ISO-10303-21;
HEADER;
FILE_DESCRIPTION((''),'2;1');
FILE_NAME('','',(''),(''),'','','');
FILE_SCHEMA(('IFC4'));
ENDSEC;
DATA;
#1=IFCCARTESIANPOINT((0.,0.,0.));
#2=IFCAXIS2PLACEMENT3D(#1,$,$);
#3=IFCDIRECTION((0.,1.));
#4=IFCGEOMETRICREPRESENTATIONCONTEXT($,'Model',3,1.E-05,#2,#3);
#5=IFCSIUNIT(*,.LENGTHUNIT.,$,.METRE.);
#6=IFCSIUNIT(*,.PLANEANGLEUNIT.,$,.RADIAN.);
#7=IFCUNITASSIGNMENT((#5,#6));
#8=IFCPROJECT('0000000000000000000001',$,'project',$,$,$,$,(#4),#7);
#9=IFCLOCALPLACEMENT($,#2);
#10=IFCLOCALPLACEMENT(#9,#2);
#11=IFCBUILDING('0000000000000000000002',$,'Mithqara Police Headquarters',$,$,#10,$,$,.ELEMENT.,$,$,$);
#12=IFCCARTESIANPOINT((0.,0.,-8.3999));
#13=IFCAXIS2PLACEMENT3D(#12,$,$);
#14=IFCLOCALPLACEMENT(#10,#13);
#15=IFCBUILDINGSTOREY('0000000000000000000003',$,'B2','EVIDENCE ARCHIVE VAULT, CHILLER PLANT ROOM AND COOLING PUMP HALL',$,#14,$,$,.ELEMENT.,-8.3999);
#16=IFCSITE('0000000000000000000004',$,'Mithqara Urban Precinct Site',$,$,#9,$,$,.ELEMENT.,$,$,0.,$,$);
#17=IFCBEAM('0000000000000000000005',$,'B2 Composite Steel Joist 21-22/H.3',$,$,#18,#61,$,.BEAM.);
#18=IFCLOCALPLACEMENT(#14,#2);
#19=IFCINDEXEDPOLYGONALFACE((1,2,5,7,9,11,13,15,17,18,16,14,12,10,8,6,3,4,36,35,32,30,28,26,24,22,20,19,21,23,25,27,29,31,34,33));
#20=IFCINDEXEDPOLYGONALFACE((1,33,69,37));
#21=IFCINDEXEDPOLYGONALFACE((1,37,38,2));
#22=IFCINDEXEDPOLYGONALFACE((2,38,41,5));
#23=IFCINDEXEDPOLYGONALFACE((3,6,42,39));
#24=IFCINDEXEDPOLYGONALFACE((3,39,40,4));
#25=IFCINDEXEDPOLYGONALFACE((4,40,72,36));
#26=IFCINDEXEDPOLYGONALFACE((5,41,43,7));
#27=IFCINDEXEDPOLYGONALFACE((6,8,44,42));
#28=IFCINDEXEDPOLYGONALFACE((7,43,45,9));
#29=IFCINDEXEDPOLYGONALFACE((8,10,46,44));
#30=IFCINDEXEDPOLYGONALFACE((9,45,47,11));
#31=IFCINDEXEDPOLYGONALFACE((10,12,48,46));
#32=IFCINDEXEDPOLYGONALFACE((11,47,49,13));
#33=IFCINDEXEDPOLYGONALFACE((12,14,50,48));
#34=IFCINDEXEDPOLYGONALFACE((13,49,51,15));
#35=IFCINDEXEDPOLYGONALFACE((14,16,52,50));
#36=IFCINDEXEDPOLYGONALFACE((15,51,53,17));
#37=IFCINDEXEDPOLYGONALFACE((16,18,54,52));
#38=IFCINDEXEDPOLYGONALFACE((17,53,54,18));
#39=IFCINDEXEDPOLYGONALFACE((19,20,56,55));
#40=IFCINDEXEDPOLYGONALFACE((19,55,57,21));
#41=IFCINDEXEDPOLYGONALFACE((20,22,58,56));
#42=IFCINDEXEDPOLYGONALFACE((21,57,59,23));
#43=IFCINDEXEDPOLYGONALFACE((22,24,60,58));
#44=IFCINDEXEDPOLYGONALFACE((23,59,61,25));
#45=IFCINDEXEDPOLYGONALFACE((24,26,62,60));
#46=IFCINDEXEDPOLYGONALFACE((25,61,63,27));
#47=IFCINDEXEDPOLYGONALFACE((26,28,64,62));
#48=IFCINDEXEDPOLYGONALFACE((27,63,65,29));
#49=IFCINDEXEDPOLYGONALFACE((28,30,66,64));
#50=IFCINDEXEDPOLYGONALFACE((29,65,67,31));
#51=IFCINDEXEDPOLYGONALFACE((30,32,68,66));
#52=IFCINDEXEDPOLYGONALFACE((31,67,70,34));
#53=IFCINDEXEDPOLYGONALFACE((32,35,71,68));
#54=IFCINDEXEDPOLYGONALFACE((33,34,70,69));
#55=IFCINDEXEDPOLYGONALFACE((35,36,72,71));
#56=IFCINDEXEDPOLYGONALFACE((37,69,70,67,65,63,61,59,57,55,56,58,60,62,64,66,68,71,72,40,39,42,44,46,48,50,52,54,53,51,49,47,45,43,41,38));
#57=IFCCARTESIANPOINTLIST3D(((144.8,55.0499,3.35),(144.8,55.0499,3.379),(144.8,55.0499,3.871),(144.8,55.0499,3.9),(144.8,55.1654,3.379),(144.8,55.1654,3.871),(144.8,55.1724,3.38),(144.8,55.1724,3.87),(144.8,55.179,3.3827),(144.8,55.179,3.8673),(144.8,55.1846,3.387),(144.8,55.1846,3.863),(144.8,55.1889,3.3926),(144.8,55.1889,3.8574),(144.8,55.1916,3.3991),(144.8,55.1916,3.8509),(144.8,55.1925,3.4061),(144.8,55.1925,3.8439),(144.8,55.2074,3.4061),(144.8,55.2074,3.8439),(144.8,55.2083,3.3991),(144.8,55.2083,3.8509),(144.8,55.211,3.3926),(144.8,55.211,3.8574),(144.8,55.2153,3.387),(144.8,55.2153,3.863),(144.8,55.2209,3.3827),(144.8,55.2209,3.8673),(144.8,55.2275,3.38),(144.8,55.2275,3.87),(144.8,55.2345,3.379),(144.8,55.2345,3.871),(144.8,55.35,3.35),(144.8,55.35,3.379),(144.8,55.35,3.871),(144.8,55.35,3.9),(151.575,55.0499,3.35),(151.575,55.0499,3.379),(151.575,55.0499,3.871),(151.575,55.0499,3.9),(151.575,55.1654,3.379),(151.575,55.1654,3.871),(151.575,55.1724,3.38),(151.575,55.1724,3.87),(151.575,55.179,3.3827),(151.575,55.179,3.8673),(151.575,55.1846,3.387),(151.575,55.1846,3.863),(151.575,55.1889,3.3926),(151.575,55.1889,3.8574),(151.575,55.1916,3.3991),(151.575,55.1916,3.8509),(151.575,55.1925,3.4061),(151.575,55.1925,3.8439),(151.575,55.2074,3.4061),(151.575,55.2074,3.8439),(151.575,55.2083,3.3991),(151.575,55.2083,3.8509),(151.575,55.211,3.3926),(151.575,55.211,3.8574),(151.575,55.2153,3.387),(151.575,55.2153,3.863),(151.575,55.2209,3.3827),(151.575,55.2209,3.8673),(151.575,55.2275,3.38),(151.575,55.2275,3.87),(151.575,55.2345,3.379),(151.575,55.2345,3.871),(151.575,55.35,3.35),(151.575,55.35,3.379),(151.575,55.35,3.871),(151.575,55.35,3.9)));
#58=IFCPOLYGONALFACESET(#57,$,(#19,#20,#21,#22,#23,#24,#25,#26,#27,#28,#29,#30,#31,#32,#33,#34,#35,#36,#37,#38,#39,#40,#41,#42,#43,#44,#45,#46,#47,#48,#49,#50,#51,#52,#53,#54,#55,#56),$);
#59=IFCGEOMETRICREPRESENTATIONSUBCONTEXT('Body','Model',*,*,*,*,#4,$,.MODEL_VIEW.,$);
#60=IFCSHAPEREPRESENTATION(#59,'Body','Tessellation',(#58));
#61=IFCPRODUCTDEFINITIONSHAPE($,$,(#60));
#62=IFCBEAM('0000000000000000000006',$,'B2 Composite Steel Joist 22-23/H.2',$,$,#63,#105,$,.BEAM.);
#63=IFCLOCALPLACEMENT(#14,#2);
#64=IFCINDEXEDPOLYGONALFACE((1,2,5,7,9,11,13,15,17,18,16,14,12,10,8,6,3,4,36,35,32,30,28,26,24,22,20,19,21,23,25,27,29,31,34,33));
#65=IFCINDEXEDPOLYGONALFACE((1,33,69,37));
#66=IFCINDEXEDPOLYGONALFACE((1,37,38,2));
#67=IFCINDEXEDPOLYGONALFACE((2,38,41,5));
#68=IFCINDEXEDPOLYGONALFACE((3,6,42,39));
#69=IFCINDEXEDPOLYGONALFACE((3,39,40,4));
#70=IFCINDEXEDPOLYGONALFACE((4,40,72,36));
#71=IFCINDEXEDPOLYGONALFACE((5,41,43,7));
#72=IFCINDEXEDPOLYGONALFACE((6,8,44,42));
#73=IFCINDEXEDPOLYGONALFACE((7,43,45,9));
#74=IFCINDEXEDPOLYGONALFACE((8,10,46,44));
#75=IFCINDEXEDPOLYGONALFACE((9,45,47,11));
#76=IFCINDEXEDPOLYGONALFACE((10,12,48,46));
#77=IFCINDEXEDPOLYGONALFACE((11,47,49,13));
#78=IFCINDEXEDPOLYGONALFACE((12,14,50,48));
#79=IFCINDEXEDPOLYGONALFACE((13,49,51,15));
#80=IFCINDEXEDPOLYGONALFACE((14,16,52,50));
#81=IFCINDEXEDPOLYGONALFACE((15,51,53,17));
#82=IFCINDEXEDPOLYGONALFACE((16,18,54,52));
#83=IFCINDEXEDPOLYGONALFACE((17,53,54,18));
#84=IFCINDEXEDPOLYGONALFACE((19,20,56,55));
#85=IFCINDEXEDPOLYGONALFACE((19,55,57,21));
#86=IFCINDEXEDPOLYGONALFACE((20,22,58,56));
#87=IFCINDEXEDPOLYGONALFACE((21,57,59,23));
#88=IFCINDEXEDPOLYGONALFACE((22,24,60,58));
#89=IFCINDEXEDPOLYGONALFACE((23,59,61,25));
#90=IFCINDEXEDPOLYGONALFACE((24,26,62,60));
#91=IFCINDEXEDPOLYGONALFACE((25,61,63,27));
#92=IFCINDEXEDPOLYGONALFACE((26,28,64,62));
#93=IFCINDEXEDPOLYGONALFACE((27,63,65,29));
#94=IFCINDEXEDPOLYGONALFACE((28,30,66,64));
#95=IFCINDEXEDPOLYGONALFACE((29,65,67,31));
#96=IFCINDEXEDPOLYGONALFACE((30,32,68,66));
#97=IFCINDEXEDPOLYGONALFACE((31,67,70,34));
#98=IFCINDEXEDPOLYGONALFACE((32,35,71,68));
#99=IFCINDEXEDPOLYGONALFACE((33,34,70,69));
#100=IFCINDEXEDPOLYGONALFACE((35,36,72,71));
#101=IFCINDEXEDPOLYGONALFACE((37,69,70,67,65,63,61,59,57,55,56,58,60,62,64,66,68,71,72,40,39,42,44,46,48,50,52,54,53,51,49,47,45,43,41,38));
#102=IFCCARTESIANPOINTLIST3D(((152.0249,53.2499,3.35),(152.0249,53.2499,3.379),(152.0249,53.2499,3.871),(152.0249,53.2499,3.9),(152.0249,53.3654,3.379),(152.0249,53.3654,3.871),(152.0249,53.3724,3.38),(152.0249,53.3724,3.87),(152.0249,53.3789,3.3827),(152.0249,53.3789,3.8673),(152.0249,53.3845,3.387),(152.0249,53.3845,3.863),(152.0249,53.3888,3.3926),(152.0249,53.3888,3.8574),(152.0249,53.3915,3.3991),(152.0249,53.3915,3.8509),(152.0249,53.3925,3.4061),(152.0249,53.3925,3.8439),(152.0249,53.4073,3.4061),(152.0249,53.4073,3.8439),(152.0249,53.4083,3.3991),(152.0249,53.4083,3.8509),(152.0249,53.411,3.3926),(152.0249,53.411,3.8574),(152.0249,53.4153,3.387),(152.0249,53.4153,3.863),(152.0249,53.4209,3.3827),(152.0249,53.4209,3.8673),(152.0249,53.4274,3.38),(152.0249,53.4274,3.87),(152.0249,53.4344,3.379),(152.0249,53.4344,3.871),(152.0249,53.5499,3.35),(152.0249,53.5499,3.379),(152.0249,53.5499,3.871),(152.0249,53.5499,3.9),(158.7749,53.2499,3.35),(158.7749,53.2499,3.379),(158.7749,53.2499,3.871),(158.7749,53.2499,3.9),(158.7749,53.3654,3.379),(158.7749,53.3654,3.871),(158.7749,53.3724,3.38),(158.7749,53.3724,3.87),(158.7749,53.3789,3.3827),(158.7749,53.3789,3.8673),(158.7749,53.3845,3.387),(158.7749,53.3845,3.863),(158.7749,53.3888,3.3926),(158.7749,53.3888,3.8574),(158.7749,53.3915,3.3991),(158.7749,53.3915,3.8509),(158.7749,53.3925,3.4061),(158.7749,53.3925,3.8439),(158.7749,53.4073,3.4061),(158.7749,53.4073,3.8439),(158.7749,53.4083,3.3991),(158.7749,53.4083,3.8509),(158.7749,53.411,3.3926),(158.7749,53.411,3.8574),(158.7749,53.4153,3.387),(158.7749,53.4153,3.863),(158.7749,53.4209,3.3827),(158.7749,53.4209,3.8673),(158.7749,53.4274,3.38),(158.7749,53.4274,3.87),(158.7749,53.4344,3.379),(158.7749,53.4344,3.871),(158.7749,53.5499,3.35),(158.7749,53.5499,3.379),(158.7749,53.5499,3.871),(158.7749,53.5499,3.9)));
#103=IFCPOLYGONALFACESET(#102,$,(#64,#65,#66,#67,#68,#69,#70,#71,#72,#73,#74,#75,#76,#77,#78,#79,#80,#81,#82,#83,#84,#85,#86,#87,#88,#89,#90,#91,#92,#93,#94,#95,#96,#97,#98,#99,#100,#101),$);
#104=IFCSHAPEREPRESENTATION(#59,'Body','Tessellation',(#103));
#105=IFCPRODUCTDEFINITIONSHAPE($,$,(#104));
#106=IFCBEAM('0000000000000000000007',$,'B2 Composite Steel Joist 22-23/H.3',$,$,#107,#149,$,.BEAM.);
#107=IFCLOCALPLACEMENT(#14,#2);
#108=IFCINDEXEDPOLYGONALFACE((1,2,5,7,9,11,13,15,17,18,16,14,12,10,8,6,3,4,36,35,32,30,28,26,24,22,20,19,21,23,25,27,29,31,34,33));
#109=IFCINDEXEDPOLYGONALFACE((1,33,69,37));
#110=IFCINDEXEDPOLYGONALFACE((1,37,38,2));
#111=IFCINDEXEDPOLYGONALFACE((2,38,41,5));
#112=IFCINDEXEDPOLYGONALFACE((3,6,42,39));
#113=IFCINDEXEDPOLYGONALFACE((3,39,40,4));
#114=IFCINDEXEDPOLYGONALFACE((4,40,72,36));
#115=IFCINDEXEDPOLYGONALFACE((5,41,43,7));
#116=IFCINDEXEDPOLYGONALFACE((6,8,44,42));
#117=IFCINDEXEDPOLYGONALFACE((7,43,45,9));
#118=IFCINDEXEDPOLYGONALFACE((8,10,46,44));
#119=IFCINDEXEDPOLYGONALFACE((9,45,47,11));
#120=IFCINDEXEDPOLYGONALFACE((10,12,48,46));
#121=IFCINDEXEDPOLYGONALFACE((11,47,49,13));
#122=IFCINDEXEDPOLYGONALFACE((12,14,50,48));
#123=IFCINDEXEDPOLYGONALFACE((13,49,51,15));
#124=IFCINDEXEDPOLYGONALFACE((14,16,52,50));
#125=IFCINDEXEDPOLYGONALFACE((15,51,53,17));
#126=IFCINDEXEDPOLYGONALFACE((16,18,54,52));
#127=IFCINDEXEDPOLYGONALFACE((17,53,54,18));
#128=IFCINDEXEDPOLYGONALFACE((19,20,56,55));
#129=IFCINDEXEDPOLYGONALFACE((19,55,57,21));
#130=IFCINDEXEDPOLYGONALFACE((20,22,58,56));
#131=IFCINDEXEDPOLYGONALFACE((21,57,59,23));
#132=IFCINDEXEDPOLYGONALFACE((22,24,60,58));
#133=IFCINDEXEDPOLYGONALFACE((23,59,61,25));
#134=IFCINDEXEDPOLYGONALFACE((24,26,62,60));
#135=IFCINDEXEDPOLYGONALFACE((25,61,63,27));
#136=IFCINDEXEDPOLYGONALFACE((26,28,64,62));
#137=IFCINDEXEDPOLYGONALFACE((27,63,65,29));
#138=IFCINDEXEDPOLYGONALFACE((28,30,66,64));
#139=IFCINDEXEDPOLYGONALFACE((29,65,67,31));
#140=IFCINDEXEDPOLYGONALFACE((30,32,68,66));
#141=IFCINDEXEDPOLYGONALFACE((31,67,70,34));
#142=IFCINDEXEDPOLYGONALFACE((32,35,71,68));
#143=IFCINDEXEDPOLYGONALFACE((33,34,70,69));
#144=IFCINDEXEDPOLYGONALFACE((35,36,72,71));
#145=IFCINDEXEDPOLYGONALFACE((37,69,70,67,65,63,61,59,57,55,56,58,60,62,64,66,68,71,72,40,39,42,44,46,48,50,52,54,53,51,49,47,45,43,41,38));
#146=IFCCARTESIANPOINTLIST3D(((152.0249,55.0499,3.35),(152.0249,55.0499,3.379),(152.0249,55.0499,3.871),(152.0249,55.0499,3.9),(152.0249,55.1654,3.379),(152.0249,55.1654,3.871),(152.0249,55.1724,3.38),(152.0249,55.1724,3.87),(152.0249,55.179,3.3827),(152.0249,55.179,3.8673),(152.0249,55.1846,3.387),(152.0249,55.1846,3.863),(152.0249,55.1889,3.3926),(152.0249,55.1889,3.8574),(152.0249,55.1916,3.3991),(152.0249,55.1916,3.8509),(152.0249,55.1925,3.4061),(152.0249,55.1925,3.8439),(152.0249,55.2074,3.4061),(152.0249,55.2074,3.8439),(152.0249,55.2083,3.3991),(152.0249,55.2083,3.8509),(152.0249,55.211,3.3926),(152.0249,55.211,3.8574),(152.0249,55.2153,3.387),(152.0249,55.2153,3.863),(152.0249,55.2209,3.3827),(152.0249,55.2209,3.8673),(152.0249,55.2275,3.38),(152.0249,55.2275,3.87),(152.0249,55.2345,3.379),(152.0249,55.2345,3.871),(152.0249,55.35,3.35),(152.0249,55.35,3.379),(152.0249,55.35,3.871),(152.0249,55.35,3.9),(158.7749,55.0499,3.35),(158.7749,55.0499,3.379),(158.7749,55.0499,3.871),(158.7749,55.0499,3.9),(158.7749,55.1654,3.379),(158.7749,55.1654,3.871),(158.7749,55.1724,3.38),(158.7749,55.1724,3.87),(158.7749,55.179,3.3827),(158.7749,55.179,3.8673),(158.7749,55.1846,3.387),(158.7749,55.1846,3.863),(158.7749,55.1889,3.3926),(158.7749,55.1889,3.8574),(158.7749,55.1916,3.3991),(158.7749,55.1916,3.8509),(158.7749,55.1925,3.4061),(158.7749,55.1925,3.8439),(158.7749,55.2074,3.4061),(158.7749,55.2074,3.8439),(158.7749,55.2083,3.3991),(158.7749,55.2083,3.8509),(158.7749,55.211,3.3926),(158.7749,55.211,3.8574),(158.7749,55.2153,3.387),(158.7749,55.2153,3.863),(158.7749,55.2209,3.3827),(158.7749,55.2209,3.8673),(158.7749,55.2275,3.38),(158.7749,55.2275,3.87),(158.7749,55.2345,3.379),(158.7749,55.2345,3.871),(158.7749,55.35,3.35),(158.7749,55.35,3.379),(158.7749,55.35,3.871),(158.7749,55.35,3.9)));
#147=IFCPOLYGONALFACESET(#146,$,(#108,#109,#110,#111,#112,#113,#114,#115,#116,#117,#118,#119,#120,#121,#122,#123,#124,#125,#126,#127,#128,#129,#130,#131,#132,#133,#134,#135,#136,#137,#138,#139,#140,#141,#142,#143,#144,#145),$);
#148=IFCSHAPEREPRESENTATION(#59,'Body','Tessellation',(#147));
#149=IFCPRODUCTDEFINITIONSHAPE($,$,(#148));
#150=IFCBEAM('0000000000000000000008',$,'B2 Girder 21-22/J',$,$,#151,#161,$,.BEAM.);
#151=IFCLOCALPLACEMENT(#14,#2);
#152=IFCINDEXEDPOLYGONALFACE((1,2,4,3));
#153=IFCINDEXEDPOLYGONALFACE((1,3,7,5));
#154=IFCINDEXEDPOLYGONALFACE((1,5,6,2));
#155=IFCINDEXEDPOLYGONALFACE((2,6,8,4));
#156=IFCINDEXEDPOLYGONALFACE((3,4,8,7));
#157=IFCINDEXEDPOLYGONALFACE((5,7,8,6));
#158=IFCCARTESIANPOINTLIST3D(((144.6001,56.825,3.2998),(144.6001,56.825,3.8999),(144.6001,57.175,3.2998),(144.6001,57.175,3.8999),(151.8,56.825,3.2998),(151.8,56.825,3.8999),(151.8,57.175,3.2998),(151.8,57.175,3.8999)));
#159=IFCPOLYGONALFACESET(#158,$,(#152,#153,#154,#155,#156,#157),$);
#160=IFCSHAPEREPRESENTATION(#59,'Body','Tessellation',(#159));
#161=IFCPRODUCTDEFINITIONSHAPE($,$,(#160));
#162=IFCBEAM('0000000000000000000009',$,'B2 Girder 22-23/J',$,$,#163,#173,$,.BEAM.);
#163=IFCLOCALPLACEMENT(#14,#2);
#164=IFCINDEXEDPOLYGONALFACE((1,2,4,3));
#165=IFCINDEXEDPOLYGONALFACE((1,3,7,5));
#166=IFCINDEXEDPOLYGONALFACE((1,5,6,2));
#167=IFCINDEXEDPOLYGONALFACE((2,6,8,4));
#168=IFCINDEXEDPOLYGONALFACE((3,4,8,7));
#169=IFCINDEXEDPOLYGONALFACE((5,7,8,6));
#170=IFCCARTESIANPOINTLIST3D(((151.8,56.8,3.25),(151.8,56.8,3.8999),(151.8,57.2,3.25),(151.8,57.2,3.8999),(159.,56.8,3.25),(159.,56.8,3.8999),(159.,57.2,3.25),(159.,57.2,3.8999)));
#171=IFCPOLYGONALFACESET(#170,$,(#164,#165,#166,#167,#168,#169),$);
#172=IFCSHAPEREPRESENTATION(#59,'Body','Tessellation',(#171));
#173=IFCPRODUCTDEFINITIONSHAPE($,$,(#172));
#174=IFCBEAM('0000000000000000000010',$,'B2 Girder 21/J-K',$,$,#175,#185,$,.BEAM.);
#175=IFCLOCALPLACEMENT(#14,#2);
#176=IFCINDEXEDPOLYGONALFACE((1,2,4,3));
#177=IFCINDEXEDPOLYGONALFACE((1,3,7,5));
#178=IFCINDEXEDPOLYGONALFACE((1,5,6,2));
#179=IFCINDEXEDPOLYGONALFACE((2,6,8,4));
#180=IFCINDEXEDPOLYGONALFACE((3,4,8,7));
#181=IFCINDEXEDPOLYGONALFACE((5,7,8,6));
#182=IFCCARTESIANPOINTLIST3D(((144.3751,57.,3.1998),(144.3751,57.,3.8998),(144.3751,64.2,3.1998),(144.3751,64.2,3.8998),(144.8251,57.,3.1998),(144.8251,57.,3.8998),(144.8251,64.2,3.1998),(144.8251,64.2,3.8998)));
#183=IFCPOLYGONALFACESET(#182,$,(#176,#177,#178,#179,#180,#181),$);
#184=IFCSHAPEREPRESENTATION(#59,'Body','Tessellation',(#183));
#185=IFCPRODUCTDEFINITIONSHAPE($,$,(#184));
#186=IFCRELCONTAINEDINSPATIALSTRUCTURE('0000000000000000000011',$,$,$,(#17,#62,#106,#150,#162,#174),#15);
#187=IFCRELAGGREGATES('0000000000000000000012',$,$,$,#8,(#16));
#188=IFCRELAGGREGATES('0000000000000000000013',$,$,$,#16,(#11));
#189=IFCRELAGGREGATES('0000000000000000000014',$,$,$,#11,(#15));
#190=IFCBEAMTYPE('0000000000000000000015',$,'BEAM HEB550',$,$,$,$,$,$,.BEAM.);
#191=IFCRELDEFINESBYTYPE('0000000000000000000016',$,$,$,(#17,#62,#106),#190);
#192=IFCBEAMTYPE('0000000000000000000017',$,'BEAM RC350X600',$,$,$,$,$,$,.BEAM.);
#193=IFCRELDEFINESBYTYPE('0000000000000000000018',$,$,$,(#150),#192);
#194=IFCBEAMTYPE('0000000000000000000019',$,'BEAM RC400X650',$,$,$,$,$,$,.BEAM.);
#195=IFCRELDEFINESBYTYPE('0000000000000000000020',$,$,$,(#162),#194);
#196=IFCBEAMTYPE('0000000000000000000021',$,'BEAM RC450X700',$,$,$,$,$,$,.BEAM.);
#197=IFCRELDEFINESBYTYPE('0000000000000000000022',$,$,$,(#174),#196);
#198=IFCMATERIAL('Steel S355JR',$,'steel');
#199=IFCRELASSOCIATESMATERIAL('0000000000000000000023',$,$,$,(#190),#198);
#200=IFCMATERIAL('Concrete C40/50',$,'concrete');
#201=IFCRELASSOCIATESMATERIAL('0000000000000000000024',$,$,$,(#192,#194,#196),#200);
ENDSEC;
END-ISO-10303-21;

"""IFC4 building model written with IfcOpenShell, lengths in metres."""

from ifc_helpers import new_model, si_unit, direction, frame, origin, origin_2d, place, context, subcontext, project, spatial, rectangle, i_section, extrude, material, material_profile, profile_set, type_object, element, save


model = new_model("IFC4")

# Units and contexts
model_context = context("Model", 3, precision=1e-05, world=origin(), true_north=direction((0.0, 1.0)))
body_context = subcontext(model_context, "Body", "Model", "MODEL_VIEW")
ifc_project = project(units=[si_unit("LENGTHUNIT", "METRE"), si_unit("PLANEANGLEUNIT", "RADIAN")], contexts=[model_context])

# Site, building, storey
site_placement = place(None, origin())
site = spatial("IfcSite", under=ifc_project, at=site_placement, Name="Mithqara Urban Precinct Site", CompositionType="ELEMENT", RefElevation=0.0)
building_placement = place(site_placement, origin())
building = spatial("IfcBuilding", under=site, at=building_placement, Name="Mithqara Police Headquarters", CompositionType="ELEMENT")
storey_placement = place(building_placement, frame((0.0, 0.0, -8.3999)))
storey = spatial("IfcBuildingStorey", under=building, at=storey_placement, Name="B2", Description="EVIDENCE ARCHIVE VAULT, CHILLER PLANT ROOM AND COOLING PUMP HALL", CompositionType="ELEMENT", Elevation=-8.3999)

# Shared definitions
ifc_material_1 = material(Name="Concrete C40/50", Category="concrete")

# Beams
ifc_material_2 = material(Name="Steel S355JR", Category="steel")
ifc_material_profile_1 = material_profile(ifc_material_2, i_section(OverallWidth=0.3, OverallDepth=0.55, WebThickness=0.0149, FlangeThickness=0.0291, FilletRadius=0.0271, at=origin_2d()), Name="HEB 550")
ifc_profile_set_1 = profile_set([ifc_material_profile_1], Name="Steel S355JR")
beam_type_1 = type_object("IfcBeamType", Name="BEAM HEB550", PredefinedType="BEAM", material=ifc_profile_set_1)
for number, where, z_axis, x_axis, name in (
    (1, (144.8, 55.2, 3.625), (1.0, 0.0, 0.0), (0.0, 1.0, 0.0), "B2 Composite Steel Joist 21-22/H.3"),
):
    element("IfcBeam", number, at=place(storey_placement, frame(where, z_axis=z_axis, x_axis=x_axis)), inside=storey, type_object=beam_type_1, Name=name, PredefinedType="BEAM", context=body_context, shape_type="SweptSolid", body=[
        extrude(i_section(OverallWidth=0.3, OverallDepth=0.55, WebThickness=0.0149, FlangeThickness=0.0291, FilletRadius=0.0271, at=origin_2d()), origin(), (0.0, 0.0, 1.0), 6.7749),
    ])
for number, where, z_axis, x_axis, name in (
    (2, (152.0249, 53.3999, 3.625), (1.0, 0.0, 0.0), (0.0, 1.0, 0.0), "B2 Composite Steel Joist 22-23/H.2"),
    (3, (152.0249, 55.2, 3.625), (1.0, 0.0, 0.0), (0.0, 1.0, 0.0), "B2 Composite Steel Joist 22-23/H.3"),
):
    element("IfcBeam", number, at=place(storey_placement, frame(where, z_axis=z_axis, x_axis=x_axis)), inside=storey, type_object=beam_type_1, Name=name, PredefinedType="BEAM", context=body_context, shape_type="SweptSolid", body=[
        extrude(i_section(OverallWidth=0.3, OverallDepth=0.55, WebThickness=0.0149, FlangeThickness=0.0291, FilletRadius=0.0271, at=origin_2d()), origin(), (0.0, 0.0, 1.0), 6.75),
    ])
ifc_material_profile_2 = material_profile(ifc_material_1, rectangle(XDim=0.3501, YDim=0.6001, at=origin_2d()), Name="RC 350x600")
ifc_profile_set_2 = profile_set([ifc_material_profile_2], Name="Concrete C40/50")
beam_type_2 = type_object("IfcBeamType", Name="BEAM RC350X600", PredefinedType="BEAM", material=ifc_profile_set_2)
beam_1_placement = place(storey_placement, frame((144.6001, 57.0, 3.5999), z_axis=(1.0, 0.0, 0.0), x_axis=(0.0, 1.0, 0.0)))
element("IfcBeam", 4, at=beam_1_placement, inside=storey, type_object=beam_type_2, Name="B2 Girder 21-22/J", PredefinedType="BEAM", context=body_context, shape_type="SweptSolid", body=[
    extrude(rectangle(XDim=0.3501, YDim=0.6001, at=origin_2d()), origin(), (0.0, 0.0, 1.0), 7.2),
])
ifc_material_profile_3 = material_profile(ifc_material_1, rectangle(XDim=0.3999, YDim=0.6499, at=origin_2d()), Name="RC 400x650")
ifc_profile_set_3 = profile_set([ifc_material_profile_3], Name="Concrete C40/50")
beam_type_3 = type_object("IfcBeamType", Name="BEAM RC400X650", PredefinedType="BEAM", material=ifc_profile_set_3)
beam_2_placement = place(storey_placement, frame((151.8, 57.0, 3.575), z_axis=(1.0, 0.0, 0.0), x_axis=(0.0, 1.0, 0.0)))
element("IfcBeam", 5, at=beam_2_placement, inside=storey, type_object=beam_type_3, Name="B2 Girder 22-23/J", PredefinedType="BEAM", context=body_context, shape_type="SweptSolid", body=[
    extrude(rectangle(XDim=0.3999, YDim=0.6499, at=origin_2d()), origin(), (0.0, 0.0, 1.0), 7.2),
])
ifc_material_profile_4 = material_profile(ifc_material_1, rectangle(XDim=0.45, YDim=0.7, at=origin_2d()), Name="RC 450x700")
ifc_profile_set_4 = profile_set([ifc_material_profile_4], Name="Concrete C40/50")
beam_type_4 = type_object("IfcBeamType", Name="BEAM RC450X700", PredefinedType="BEAM", material=ifc_profile_set_4)
beam_3_placement = place(storey_placement, frame((144.6001, 57.0, 3.5498), z_axis=(0.0, 1.0, 0.0), x_axis=(-1.0, 0.0, 0.0)))
element("IfcBeam", 6, at=beam_3_placement, inside=storey, type_object=beam_type_4, Name="B2 Girder 21/J-K", PredefinedType="BEAM", context=body_context, shape_type="SweptSolid", body=[
    extrude(rectangle(XDim=0.45, YDim=0.7, at=origin_2d()), origin(), (0.0, 0.0, 1.0), 7.2),
])

save(model, "model.ifc")
